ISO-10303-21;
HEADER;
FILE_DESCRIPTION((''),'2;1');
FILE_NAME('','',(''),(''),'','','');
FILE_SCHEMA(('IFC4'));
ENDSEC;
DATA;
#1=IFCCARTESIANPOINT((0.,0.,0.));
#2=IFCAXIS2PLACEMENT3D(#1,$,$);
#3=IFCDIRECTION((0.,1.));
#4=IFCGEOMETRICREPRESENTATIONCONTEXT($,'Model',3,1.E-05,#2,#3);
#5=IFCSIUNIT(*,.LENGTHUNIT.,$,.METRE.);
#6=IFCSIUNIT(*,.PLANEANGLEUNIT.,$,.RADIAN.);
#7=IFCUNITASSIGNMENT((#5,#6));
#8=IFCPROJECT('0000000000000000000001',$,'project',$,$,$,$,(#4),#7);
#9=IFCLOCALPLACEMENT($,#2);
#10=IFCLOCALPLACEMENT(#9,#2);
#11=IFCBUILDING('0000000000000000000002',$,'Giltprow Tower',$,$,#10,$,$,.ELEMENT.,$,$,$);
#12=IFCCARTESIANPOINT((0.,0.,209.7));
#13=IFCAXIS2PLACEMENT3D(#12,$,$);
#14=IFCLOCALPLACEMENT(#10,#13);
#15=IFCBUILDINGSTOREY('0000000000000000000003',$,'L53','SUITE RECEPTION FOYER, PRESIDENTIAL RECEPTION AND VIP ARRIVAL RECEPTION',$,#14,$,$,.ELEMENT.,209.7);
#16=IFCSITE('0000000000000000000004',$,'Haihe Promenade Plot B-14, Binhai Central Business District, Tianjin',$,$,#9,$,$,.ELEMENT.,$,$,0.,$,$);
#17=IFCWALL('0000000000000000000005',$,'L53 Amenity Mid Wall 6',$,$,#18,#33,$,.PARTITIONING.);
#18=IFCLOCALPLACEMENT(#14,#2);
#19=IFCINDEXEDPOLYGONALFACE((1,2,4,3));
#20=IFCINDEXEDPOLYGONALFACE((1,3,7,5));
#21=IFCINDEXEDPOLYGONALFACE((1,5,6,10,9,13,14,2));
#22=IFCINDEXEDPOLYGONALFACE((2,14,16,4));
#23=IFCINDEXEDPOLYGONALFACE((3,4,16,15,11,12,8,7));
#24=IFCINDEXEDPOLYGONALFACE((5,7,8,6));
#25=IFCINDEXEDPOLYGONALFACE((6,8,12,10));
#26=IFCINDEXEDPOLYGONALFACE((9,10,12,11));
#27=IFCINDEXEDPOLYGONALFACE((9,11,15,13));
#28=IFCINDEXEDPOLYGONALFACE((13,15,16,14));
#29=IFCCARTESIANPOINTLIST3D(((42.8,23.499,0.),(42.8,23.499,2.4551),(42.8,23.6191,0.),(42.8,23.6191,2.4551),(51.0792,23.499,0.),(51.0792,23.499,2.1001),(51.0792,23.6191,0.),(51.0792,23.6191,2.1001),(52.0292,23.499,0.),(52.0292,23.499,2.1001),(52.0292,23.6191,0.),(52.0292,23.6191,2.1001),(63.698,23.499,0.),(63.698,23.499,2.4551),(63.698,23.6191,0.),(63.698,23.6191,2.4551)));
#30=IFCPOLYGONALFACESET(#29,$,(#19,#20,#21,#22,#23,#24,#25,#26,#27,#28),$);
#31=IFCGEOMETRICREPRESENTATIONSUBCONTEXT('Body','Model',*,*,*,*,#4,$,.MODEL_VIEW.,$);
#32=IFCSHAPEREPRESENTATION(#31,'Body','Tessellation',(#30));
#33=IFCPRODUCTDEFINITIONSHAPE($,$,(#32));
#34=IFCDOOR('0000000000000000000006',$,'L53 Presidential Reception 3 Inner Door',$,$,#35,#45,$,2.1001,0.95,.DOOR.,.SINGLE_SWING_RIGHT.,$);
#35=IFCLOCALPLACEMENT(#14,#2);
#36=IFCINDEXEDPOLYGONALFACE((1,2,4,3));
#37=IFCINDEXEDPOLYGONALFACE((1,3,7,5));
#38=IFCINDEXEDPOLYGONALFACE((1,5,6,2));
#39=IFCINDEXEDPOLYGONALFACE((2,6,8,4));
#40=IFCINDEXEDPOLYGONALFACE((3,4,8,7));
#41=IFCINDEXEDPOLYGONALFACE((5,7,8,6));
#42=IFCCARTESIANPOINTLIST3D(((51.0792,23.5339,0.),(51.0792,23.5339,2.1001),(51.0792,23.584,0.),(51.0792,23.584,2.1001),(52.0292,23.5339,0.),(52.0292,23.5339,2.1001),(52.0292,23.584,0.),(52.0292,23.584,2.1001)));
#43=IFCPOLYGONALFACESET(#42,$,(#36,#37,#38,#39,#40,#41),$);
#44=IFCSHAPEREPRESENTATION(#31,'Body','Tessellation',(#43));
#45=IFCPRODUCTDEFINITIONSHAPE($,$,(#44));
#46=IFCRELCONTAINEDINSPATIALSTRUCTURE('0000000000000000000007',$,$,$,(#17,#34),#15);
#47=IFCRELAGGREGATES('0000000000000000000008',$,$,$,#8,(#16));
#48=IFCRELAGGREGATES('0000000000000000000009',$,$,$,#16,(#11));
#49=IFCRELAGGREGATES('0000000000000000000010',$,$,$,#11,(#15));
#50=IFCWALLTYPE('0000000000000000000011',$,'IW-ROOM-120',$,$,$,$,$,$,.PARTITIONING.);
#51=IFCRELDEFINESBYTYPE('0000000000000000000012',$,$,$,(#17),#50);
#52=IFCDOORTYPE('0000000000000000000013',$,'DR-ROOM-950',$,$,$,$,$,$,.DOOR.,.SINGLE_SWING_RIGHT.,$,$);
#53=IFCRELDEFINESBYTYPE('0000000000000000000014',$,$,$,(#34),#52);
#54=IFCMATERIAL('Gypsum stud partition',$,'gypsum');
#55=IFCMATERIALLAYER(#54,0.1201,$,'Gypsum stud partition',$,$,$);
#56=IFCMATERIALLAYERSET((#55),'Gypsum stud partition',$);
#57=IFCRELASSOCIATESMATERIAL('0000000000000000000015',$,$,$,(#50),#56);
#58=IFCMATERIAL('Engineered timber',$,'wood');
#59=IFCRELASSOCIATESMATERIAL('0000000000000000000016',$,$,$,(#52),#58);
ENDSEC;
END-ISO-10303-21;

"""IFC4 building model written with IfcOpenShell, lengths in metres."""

from ifc_helpers import new_model, si_unit, direction, frame, frame_2d, origin, place, context, subcontext, project, spatial, rectangle, extrude, source, transform, mapped, material, layer, layer_set, type_object, element, fill, save


model = new_model("IFC4")

# Units and contexts
model_context = context("Model", 3, precision=1e-05, world=origin(), true_north=direction((0.0, 1.0)))
body_context = subcontext(model_context, "Body", "Model", "MODEL_VIEW")
ifc_project = project(units=[si_unit("LENGTHUNIT", "METRE"), si_unit("PLANEANGLEUNIT", "RADIAN")], contexts=[model_context])

# Site, building, storey
site_placement = place(None, origin())
site = spatial("IfcSite", under=ifc_project, at=site_placement, Name="Haihe Promenade Plot B-14, Binhai Central Business District, Tianjin", CompositionType="ELEMENT", RefElevation=0.0)
building_placement = place(site_placement, origin())
building = spatial("IfcBuilding", under=site, at=building_placement, Name="Giltprow Tower", CompositionType="ELEMENT")
storey_placement = place(building_placement, frame((0.0, 0.0, 209.7)))
storey = spatial("IfcBuildingStorey", under=building, at=storey_placement, Name="L53", Description="SUITE RECEPTION FOYER, PRESIDENTIAL RECEPTION AND VIP ARRIVAL RECEPTION", CompositionType="ELEMENT", Elevation=209.7)

# Wall, opening, door
ifc_material_1 = material(Name="Gypsum stud partition", Category="gypsum")
ifc_layer = layer(ifc_material_1, 0.1201, Name="Gypsum stud partition")
ifc_layer_set = layer_set([ifc_layer], Name="Gypsum stud partition")
wall_type = type_object("IfcWallType", Name="IW-ROOM-120", PredefinedType="PARTITIONING", material=ifc_layer_set)
ifc_material_2 = material(Name="Engineered timber", Category="wood")
door_type = type_object("IfcDoorType", Name="DR-ROOM-950", OperationType="SINGLE_SWING_RIGHT", PredefinedType="DOOR", material=ifc_material_2)
shared_shape_1 = source(origin(), body_context, "Body", "SweptSolid", [
    extrude(rectangle(XDim=0.95, YDim=2.1001, at=frame_2d((0.4751, 1.05))), frame((0.0, 0.0249, 0.0), z_axis=(0.0, -1.0, 0.0), x_axis=(1.0, 0.0, 0.0)), (0.0, 0.0, 1.0), 0.05),
])
wall_1_placement = place(storey_placement, frame((42.8, 23.5591, 0.0), z_axis=(0.0, 0.0, 1.0), x_axis=(1.0, 0.0, 0.0)))
wall_1 = element("IfcWall", 1, at=wall_1_placement, inside=storey, type_object=wall_type, Name="L53 Amenity Mid Wall 6", PredefinedType="PARTITIONING", context=body_context, shape_type="SweptSolid", body=[
    extrude(rectangle(XDim=20.8979, YDim=0.1201, at=frame_2d((10.449, 0.0))), origin(), (0.0, 0.0, 1.0), 2.4551),
])
opening_1_placement = place(wall_1_placement, frame((8.2791, 0.0, 0.0)))
opening_1 = element("IfcOpeningElement", 2, at=opening_1_placement, cuts=wall_1, PredefinedType="OPENING", context=body_context, shape_type="SweptSolid", body=[
    extrude(rectangle(XDim=0.95, YDim=2.1001, at=frame_2d((0.4751, 1.05))), frame((0.0, 0.0701, 0.0), z_axis=(0.0, -1.0, 0.0), x_axis=(1.0, 0.0, 0.0)), (0.0, 0.0, 1.0), 0.1401),
])
door_1_placement = place(opening_1_placement, origin())
door_1 = element("IfcDoor", 3, at=door_1_placement, inside=storey, type_object=door_type, Name="L53 Presidential Reception 3 Inner Door", OperationType="SINGLE_SWING_RIGHT", OverallHeight=2.1001, OverallWidth=0.95, PredefinedType="DOOR", context=body_context, shape_type="MappedRepresentation", body=[
    mapped(shared_shape_1, transform((0.0, 0.0, 0.0), x_axis=(1.0, 0.0, 0.0), y_axis=(0.0, 1.0, 0.0), z_axis=(0.0, 0.0, 1.0), scale=1.0)),
])
fill(opening_1, door_1)

save(model, "model.ifc")
